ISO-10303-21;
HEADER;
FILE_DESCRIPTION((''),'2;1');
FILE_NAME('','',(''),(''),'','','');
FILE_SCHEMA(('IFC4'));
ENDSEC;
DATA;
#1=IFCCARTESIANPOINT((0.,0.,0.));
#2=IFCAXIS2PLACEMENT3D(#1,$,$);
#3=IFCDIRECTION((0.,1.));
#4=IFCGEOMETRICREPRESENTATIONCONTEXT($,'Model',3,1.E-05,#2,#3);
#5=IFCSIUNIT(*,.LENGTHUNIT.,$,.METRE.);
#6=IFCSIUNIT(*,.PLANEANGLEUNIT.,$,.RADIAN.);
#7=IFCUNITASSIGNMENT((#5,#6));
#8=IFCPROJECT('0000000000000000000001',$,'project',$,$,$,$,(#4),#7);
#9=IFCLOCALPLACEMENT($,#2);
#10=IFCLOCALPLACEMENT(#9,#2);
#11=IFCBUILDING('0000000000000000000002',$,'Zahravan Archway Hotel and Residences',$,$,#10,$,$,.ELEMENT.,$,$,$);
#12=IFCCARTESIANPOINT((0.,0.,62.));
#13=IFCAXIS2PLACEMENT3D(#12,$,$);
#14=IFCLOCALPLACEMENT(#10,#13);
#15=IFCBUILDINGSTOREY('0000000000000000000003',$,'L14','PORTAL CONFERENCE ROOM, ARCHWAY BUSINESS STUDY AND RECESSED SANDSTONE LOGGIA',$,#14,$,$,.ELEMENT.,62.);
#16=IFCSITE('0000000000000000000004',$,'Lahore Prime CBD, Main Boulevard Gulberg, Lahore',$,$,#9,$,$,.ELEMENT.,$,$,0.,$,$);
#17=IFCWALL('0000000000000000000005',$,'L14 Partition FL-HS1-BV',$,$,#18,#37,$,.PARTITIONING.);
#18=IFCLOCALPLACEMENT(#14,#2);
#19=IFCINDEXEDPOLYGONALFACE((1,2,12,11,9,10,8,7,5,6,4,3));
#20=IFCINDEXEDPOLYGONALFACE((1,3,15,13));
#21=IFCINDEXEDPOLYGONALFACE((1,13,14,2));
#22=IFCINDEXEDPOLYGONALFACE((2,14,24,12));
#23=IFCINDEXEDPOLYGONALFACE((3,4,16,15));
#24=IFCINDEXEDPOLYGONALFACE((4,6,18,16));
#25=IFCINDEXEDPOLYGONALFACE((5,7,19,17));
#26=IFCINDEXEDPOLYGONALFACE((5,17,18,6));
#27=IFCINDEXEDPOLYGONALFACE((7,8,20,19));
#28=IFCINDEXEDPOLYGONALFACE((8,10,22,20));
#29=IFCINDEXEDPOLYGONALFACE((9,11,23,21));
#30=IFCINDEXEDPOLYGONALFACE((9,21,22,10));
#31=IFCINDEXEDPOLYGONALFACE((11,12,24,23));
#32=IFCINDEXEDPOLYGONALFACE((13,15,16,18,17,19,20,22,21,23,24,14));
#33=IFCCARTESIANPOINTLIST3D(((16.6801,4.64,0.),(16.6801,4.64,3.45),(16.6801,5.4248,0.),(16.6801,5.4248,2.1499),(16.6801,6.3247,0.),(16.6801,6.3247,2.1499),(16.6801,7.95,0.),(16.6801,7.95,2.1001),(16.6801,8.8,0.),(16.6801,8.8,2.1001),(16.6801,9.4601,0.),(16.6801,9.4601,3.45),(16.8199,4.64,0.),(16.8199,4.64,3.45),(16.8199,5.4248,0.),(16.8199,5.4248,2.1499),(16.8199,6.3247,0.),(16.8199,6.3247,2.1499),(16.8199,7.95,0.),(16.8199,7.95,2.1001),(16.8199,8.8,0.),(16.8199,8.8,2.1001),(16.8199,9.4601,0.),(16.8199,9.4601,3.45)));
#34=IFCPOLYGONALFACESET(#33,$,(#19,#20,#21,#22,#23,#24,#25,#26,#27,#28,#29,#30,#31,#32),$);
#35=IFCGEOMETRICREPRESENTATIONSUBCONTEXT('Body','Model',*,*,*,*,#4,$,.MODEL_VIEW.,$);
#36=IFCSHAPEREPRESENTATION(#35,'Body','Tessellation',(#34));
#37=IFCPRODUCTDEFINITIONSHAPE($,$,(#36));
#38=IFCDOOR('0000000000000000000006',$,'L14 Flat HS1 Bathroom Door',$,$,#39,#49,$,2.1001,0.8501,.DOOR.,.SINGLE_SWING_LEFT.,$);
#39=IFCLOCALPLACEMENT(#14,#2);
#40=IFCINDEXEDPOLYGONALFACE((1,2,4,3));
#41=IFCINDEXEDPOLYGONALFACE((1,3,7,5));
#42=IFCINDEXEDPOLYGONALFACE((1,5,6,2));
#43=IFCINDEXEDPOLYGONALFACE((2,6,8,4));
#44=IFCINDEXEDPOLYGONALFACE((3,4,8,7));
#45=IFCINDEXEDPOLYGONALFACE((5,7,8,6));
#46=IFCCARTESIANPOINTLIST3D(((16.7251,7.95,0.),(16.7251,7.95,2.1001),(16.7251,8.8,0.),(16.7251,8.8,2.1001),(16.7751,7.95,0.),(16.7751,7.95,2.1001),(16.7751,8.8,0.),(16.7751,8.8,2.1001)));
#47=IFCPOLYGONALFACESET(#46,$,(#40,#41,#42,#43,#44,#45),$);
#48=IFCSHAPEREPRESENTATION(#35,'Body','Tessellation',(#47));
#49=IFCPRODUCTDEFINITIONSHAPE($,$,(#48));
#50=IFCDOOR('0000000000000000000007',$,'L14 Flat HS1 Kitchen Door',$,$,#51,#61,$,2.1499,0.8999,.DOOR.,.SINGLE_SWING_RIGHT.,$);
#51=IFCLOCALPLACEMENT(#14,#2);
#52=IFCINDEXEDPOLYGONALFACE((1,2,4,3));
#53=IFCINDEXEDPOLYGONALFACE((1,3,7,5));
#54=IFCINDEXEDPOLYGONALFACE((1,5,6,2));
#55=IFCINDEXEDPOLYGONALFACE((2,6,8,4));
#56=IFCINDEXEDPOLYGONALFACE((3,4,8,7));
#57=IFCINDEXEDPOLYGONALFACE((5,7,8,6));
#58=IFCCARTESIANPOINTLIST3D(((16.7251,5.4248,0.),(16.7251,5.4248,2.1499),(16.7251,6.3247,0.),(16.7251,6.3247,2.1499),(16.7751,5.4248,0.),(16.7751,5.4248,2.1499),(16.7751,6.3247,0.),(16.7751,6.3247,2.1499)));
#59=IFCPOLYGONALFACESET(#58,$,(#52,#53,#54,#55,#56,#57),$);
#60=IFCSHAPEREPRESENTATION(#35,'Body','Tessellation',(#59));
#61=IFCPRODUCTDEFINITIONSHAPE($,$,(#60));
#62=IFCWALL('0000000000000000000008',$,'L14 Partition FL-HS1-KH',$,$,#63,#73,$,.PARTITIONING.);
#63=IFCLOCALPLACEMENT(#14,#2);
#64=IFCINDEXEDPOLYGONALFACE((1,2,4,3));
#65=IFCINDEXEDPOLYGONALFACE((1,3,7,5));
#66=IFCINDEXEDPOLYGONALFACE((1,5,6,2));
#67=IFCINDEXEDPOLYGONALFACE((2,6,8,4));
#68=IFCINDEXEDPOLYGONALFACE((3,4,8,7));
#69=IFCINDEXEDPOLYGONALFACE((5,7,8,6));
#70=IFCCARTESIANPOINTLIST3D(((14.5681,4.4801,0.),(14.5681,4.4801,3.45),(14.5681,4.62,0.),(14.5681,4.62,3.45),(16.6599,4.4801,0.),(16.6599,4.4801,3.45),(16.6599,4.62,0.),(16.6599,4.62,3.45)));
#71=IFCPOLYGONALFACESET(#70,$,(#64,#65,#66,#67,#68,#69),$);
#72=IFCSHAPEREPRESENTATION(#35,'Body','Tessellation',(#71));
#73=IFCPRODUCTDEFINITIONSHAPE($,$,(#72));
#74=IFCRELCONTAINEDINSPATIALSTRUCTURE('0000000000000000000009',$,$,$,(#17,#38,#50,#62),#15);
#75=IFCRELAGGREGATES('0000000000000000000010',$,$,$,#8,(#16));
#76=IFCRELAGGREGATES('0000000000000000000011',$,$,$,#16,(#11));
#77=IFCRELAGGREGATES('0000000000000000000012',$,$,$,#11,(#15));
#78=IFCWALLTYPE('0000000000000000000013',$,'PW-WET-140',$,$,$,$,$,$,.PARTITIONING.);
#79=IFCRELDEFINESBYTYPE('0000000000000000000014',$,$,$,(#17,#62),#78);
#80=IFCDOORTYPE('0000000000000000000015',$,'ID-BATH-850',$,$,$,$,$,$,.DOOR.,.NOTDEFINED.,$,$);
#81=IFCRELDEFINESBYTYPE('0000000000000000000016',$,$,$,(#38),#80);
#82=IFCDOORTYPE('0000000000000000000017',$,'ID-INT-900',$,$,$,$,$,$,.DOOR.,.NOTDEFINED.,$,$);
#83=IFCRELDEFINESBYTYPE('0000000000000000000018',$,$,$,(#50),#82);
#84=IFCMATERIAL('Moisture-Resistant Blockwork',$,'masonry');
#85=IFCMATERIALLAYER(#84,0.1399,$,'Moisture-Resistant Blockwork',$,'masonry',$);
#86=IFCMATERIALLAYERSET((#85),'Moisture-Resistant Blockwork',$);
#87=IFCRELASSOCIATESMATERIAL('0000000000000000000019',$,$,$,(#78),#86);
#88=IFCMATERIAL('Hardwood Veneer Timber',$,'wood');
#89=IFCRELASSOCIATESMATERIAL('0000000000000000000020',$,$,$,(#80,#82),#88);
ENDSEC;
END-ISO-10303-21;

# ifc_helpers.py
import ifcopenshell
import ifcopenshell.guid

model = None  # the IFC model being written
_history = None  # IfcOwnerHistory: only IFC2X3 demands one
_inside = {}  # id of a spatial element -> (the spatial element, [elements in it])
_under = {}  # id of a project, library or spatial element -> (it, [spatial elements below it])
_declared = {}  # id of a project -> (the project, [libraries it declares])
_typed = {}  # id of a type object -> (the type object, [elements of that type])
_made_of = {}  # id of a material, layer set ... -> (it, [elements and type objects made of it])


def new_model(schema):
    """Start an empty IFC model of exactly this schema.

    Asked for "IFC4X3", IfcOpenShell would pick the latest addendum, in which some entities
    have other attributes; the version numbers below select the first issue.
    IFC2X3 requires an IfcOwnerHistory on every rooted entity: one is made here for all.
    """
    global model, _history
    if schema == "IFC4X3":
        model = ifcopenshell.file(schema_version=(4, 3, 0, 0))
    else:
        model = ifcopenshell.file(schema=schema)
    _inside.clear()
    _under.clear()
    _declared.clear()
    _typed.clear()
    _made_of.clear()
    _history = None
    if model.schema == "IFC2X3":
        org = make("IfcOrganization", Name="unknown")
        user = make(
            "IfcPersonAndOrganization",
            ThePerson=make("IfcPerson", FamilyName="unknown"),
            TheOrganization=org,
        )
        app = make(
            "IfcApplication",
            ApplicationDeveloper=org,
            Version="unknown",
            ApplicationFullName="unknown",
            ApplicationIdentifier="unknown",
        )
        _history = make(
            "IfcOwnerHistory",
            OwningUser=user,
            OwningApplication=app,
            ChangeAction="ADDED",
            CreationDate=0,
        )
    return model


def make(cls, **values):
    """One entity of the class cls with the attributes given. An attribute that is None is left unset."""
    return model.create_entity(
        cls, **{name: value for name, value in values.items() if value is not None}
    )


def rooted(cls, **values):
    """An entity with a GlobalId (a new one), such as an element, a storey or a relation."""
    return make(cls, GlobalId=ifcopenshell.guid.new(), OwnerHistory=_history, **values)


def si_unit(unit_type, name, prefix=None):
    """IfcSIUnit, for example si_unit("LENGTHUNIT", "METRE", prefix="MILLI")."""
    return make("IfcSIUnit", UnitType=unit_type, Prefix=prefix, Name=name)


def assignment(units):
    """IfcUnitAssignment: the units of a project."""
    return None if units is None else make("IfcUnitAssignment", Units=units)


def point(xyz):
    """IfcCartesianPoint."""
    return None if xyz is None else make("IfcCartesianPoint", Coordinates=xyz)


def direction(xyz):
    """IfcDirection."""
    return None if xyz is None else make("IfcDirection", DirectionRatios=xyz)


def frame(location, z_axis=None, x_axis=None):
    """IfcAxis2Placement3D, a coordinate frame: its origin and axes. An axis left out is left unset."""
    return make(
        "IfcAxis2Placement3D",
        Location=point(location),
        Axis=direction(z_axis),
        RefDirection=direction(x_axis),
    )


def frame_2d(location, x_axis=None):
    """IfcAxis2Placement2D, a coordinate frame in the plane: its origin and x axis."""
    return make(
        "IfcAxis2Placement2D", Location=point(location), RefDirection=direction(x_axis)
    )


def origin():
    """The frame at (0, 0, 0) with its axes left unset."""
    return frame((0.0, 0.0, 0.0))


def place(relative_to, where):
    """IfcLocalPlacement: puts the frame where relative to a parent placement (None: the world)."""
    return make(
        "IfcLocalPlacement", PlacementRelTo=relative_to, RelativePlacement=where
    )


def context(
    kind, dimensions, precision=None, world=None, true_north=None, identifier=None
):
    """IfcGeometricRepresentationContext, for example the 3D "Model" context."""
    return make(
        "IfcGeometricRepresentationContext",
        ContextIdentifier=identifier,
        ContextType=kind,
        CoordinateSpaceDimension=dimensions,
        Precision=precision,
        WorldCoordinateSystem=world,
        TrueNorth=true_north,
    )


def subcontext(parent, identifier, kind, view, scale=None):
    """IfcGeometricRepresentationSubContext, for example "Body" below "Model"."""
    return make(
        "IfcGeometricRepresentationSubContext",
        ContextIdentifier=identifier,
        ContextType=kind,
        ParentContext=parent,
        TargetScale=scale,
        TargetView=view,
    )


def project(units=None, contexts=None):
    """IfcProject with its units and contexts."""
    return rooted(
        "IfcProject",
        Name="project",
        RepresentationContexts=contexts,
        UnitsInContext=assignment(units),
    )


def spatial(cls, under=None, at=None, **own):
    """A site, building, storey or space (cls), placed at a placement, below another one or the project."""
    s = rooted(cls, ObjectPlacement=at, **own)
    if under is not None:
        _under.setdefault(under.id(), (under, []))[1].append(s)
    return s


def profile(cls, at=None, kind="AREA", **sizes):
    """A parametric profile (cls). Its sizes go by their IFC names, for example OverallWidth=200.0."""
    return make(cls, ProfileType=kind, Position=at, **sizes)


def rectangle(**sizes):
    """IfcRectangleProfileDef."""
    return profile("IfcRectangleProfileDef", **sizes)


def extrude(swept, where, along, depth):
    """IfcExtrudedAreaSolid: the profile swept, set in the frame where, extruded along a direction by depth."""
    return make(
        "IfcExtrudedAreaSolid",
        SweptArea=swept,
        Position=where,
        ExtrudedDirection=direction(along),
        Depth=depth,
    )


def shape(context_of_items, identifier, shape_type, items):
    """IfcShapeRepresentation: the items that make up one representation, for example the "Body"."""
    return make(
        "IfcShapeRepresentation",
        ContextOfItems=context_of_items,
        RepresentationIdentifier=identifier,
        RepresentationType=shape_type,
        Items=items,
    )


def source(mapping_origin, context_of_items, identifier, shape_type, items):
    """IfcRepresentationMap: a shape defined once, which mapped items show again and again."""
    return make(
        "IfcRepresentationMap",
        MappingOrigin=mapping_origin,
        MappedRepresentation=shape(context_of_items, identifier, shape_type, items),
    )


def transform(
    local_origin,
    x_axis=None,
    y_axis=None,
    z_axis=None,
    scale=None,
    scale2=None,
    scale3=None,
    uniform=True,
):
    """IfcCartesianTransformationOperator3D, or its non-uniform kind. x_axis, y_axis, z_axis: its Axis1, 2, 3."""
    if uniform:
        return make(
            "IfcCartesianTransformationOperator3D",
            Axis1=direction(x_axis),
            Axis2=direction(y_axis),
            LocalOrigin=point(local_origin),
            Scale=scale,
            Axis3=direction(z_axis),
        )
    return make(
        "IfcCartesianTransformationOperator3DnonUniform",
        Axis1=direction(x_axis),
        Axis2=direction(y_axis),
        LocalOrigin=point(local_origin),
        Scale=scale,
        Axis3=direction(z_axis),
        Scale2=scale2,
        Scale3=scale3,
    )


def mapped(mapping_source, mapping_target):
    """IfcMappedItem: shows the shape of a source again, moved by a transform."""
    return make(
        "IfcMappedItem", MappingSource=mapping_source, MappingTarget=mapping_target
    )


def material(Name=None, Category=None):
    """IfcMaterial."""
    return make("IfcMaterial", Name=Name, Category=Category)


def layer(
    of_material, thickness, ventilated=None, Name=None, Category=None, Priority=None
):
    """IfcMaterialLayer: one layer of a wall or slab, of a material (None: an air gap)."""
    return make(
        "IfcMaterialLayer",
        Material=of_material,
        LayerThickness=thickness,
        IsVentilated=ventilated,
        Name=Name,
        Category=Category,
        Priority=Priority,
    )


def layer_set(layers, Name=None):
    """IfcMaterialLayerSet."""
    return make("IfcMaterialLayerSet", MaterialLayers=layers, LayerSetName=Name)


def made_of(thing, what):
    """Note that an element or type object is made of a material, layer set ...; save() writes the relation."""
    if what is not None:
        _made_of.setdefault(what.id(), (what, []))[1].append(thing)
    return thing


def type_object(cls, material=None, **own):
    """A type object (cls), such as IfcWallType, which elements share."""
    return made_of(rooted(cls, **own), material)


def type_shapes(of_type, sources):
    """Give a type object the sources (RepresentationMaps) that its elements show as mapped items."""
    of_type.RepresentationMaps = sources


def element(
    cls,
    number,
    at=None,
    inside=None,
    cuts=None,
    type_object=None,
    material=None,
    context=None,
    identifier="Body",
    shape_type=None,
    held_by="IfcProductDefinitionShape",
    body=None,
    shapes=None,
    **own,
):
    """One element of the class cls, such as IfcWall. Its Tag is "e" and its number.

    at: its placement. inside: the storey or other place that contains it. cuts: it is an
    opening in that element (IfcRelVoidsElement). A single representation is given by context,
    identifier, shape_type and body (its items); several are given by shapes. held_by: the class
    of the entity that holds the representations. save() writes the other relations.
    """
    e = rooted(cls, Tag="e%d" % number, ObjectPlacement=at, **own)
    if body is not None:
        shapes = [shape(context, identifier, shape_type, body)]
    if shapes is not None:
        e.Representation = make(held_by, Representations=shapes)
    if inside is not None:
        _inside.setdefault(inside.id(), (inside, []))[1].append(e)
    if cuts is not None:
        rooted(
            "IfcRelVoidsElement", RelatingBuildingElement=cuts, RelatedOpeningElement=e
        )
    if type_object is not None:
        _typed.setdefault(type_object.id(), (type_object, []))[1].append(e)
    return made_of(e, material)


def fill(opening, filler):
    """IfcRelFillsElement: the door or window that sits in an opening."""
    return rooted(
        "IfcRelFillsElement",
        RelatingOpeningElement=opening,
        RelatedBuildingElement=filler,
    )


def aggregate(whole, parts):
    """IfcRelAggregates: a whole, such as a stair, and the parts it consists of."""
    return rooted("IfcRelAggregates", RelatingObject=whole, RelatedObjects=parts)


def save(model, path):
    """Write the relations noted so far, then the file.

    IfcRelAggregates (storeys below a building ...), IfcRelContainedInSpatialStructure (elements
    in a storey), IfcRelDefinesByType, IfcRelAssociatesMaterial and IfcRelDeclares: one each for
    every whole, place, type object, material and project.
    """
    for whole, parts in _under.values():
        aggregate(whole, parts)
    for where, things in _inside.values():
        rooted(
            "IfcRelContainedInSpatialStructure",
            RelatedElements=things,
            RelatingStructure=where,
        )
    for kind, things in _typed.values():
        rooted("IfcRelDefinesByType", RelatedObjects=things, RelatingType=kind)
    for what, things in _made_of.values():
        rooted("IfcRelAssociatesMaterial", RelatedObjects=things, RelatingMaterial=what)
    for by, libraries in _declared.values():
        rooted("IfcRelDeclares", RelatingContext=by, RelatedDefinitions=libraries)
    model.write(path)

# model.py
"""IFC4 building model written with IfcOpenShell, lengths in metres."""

from ifc_helpers import new_model, si_unit, direction, frame, frame_2d, origin, place, context, subcontext, project, spatial, rectangle, extrude, source, transform, mapped, material, layer, layer_set, type_object, type_shapes, element, fill, save


model = new_model("IFC4")

# Units and contexts
model_context = context("Model", 3, precision=1e-05, world=origin(), true_north=direction((0.0, 1.0)))
body_context = subcontext(model_context, "Body", "Model", "MODEL_VIEW")
ifc_project = project(units=[si_unit("LENGTHUNIT", "METRE"), si_unit("PLANEANGLEUNIT", "RADIAN")], contexts=[model_context])

# Site, building, storey
site_placement = place(None, origin())
site = spatial("IfcSite", under=ifc_project, at=site_placement, Name="Lahore Prime CBD, Main Boulevard Gulberg, Lahore", CompositionType="ELEMENT", RefElevation=0.0)
building_placement = place(site_placement, origin())
building = spatial("IfcBuilding", under=site, at=building_placement, Name="Zahravan Archway Hotel and Residences", CompositionType="ELEMENT")
storey_placement = place(building_placement, frame((0.0, 0.0, 62.0)))
storey = spatial("IfcBuildingStorey", under=building, at=storey_placement, Name="L14", Description="PORTAL CONFERENCE ROOM, ARCHWAY BUSINESS STUDY AND RECESSED SANDSTONE LOGGIA", CompositionType="ELEMENT", Elevation=62.0)

# Wall, openings, doors
ifc_material_1 = material(Name="Moisture-Resistant Blockwork", Category="masonry")
ifc_layer_1 = layer(ifc_material_1, 0.1399, Name="Moisture-Resistant Blockwork", Category="masonry")
ifc_layer_set_1 = layer_set([ifc_layer_1], Name="Moisture-Resistant Blockwork")
wall_type_1 = type_object("IfcWallType", Name="PW-WET-140", PredefinedType="PARTITIONING", material=ifc_layer_set_1)
wall_1_placement = place(storey_placement, frame((16.75, 4.6399, 0.0), z_axis=(0.0, 0.0, 1.0), x_axis=(0.0, 1.0, 0.0)))
wall_1 = element("IfcWall", 1, at=wall_1_placement, inside=storey, type_object=wall_type_1, Name="L14 Partition FL-HS1-BV", PredefinedType="PARTITIONING", context=body_context, shape_type="SweptSolid", body=[
    extrude(rectangle(XDim=4.8201, YDim=0.1399, at=frame_2d((2.4102, 0.0))), origin(), (0.0, 0.0, 1.0), 3.45),
])
opening_1_placement = place(wall_1_placement, frame((0.7849, 0.0, 0.0)))
opening_1 = element("IfcOpeningElement", 2, at=opening_1_placement, cuts=wall_1, PredefinedType="OPENING", context=body_context, shape_type="SweptSolid", body=[
    extrude(rectangle(XDim=0.8999, YDim=2.1499, at=frame_2d((0.45, 1.075))), frame((0.0, 0.0801, 0.0), z_axis=(0.0, -1.0, 0.0), x_axis=(1.0, 0.0, 0.0)), (0.0, 0.0, 1.0), 0.1599),
])
opening_2_placement = place(wall_1_placement, frame((3.3101, 0.0, 0.0)))
opening_2 = element("IfcOpeningElement", 3, at=opening_2_placement, cuts=wall_1, PredefinedType="OPENING", context=body_context, shape_type="SweptSolid", body=[
    extrude(rectangle(XDim=0.8501, YDim=2.1001, at=frame_2d((0.425, 1.05))), frame((0.0, 0.0801, 0.0), z_axis=(0.0, -1.0, 0.0), x_axis=(1.0, 0.0, 0.0)), (0.0, 0.0, 1.0), 0.1599),
])
ifc_material_2 = material(Name="Hardwood Veneer Timber", Category="wood")
door_type_1 = type_object("IfcDoorType", Name="ID-BATH-850", OperationType="NOTDEFINED", PredefinedType="DOOR", material=ifc_material_2)
shared_shape_1 = source(origin(), body_context, "Body", "SweptSolid", [
    extrude(rectangle(XDim=0.8501, YDim=2.1001, at=frame_2d((0.425, 1.05))), frame((0.0, 0.0249, 0.0), z_axis=(0.0, -1.0, 0.0), x_axis=(1.0, 0.0, 0.0)), (0.0, 0.0, 1.0), 0.05),
])
type_shapes(door_type_1, [shared_shape_1])
door_1_placement = place(opening_2_placement, origin())
door_1 = element("IfcDoor", 4, at=door_1_placement, inside=storey, type_object=door_type_1, Name="L14 Flat HS1 Bathroom Door", OperationType="SINGLE_SWING_LEFT", OverallHeight=2.1001, OverallWidth=0.8501, PredefinedType="DOOR", context=body_context, shape_type="MappedRepresentation", body=[
    mapped(shared_shape_1, transform((0.0, 0.0, 0.0), scale=1.0)),
])
fill(opening_2, door_1)
door_type_2 = type_object("IfcDoorType", Name="ID-INT-900", OperationType="NOTDEFINED", PredefinedType="DOOR", material=ifc_material_2)
shared_shape_2 = source(origin(), body_context, "Body", "SweptSolid", [
    extrude(rectangle(XDim=0.8999, YDim=2.1499, at=frame_2d((0.45, 1.075))), frame((0.0, 0.0249, 0.0), z_axis=(0.0, -1.0, 0.0), x_axis=(1.0, 0.0, 0.0)), (0.0, 0.0, 1.0), 0.05),
])
type_shapes(door_type_2, [shared_shape_2])
door_2_placement = place(opening_1_placement, origin())
door_2 = element("IfcDoor", 5, at=door_2_placement, inside=storey, type_object=door_type_2, Name="L14 Flat HS1 Kitchen Door", OperationType="SINGLE_SWING_RIGHT", OverallHeight=2.1499, OverallWidth=0.8999, PredefinedType="DOOR", context=body_context, shape_type="MappedRepresentation", body=[
    mapped(shared_shape_2, transform((0.0, 0.0, 0.0), scale=1.0)),
])
fill(opening_1, door_2)

# Wall
wall_2_placement = place(storey_placement, frame((14.5681, 4.55, 0.0), z_axis=(0.0, 0.0, 1.0), x_axis=(1.0, 0.0, 0.0)))
element("IfcWall", 6, at=wall_2_placement, inside=storey, type_object=wall_type_1, Name="L14 Partition FL-HS1-KH", PredefinedType="PARTITIONING", context=body_context, shape_type="SweptSolid", body=[
    extrude(rectangle(XDim=2.0918, YDim=0.1399, at=frame_2d((1.0459, 0.0))), origin(), (0.0, 0.0, 1.0), 3.45),
])

save(model, "model.ifc")
